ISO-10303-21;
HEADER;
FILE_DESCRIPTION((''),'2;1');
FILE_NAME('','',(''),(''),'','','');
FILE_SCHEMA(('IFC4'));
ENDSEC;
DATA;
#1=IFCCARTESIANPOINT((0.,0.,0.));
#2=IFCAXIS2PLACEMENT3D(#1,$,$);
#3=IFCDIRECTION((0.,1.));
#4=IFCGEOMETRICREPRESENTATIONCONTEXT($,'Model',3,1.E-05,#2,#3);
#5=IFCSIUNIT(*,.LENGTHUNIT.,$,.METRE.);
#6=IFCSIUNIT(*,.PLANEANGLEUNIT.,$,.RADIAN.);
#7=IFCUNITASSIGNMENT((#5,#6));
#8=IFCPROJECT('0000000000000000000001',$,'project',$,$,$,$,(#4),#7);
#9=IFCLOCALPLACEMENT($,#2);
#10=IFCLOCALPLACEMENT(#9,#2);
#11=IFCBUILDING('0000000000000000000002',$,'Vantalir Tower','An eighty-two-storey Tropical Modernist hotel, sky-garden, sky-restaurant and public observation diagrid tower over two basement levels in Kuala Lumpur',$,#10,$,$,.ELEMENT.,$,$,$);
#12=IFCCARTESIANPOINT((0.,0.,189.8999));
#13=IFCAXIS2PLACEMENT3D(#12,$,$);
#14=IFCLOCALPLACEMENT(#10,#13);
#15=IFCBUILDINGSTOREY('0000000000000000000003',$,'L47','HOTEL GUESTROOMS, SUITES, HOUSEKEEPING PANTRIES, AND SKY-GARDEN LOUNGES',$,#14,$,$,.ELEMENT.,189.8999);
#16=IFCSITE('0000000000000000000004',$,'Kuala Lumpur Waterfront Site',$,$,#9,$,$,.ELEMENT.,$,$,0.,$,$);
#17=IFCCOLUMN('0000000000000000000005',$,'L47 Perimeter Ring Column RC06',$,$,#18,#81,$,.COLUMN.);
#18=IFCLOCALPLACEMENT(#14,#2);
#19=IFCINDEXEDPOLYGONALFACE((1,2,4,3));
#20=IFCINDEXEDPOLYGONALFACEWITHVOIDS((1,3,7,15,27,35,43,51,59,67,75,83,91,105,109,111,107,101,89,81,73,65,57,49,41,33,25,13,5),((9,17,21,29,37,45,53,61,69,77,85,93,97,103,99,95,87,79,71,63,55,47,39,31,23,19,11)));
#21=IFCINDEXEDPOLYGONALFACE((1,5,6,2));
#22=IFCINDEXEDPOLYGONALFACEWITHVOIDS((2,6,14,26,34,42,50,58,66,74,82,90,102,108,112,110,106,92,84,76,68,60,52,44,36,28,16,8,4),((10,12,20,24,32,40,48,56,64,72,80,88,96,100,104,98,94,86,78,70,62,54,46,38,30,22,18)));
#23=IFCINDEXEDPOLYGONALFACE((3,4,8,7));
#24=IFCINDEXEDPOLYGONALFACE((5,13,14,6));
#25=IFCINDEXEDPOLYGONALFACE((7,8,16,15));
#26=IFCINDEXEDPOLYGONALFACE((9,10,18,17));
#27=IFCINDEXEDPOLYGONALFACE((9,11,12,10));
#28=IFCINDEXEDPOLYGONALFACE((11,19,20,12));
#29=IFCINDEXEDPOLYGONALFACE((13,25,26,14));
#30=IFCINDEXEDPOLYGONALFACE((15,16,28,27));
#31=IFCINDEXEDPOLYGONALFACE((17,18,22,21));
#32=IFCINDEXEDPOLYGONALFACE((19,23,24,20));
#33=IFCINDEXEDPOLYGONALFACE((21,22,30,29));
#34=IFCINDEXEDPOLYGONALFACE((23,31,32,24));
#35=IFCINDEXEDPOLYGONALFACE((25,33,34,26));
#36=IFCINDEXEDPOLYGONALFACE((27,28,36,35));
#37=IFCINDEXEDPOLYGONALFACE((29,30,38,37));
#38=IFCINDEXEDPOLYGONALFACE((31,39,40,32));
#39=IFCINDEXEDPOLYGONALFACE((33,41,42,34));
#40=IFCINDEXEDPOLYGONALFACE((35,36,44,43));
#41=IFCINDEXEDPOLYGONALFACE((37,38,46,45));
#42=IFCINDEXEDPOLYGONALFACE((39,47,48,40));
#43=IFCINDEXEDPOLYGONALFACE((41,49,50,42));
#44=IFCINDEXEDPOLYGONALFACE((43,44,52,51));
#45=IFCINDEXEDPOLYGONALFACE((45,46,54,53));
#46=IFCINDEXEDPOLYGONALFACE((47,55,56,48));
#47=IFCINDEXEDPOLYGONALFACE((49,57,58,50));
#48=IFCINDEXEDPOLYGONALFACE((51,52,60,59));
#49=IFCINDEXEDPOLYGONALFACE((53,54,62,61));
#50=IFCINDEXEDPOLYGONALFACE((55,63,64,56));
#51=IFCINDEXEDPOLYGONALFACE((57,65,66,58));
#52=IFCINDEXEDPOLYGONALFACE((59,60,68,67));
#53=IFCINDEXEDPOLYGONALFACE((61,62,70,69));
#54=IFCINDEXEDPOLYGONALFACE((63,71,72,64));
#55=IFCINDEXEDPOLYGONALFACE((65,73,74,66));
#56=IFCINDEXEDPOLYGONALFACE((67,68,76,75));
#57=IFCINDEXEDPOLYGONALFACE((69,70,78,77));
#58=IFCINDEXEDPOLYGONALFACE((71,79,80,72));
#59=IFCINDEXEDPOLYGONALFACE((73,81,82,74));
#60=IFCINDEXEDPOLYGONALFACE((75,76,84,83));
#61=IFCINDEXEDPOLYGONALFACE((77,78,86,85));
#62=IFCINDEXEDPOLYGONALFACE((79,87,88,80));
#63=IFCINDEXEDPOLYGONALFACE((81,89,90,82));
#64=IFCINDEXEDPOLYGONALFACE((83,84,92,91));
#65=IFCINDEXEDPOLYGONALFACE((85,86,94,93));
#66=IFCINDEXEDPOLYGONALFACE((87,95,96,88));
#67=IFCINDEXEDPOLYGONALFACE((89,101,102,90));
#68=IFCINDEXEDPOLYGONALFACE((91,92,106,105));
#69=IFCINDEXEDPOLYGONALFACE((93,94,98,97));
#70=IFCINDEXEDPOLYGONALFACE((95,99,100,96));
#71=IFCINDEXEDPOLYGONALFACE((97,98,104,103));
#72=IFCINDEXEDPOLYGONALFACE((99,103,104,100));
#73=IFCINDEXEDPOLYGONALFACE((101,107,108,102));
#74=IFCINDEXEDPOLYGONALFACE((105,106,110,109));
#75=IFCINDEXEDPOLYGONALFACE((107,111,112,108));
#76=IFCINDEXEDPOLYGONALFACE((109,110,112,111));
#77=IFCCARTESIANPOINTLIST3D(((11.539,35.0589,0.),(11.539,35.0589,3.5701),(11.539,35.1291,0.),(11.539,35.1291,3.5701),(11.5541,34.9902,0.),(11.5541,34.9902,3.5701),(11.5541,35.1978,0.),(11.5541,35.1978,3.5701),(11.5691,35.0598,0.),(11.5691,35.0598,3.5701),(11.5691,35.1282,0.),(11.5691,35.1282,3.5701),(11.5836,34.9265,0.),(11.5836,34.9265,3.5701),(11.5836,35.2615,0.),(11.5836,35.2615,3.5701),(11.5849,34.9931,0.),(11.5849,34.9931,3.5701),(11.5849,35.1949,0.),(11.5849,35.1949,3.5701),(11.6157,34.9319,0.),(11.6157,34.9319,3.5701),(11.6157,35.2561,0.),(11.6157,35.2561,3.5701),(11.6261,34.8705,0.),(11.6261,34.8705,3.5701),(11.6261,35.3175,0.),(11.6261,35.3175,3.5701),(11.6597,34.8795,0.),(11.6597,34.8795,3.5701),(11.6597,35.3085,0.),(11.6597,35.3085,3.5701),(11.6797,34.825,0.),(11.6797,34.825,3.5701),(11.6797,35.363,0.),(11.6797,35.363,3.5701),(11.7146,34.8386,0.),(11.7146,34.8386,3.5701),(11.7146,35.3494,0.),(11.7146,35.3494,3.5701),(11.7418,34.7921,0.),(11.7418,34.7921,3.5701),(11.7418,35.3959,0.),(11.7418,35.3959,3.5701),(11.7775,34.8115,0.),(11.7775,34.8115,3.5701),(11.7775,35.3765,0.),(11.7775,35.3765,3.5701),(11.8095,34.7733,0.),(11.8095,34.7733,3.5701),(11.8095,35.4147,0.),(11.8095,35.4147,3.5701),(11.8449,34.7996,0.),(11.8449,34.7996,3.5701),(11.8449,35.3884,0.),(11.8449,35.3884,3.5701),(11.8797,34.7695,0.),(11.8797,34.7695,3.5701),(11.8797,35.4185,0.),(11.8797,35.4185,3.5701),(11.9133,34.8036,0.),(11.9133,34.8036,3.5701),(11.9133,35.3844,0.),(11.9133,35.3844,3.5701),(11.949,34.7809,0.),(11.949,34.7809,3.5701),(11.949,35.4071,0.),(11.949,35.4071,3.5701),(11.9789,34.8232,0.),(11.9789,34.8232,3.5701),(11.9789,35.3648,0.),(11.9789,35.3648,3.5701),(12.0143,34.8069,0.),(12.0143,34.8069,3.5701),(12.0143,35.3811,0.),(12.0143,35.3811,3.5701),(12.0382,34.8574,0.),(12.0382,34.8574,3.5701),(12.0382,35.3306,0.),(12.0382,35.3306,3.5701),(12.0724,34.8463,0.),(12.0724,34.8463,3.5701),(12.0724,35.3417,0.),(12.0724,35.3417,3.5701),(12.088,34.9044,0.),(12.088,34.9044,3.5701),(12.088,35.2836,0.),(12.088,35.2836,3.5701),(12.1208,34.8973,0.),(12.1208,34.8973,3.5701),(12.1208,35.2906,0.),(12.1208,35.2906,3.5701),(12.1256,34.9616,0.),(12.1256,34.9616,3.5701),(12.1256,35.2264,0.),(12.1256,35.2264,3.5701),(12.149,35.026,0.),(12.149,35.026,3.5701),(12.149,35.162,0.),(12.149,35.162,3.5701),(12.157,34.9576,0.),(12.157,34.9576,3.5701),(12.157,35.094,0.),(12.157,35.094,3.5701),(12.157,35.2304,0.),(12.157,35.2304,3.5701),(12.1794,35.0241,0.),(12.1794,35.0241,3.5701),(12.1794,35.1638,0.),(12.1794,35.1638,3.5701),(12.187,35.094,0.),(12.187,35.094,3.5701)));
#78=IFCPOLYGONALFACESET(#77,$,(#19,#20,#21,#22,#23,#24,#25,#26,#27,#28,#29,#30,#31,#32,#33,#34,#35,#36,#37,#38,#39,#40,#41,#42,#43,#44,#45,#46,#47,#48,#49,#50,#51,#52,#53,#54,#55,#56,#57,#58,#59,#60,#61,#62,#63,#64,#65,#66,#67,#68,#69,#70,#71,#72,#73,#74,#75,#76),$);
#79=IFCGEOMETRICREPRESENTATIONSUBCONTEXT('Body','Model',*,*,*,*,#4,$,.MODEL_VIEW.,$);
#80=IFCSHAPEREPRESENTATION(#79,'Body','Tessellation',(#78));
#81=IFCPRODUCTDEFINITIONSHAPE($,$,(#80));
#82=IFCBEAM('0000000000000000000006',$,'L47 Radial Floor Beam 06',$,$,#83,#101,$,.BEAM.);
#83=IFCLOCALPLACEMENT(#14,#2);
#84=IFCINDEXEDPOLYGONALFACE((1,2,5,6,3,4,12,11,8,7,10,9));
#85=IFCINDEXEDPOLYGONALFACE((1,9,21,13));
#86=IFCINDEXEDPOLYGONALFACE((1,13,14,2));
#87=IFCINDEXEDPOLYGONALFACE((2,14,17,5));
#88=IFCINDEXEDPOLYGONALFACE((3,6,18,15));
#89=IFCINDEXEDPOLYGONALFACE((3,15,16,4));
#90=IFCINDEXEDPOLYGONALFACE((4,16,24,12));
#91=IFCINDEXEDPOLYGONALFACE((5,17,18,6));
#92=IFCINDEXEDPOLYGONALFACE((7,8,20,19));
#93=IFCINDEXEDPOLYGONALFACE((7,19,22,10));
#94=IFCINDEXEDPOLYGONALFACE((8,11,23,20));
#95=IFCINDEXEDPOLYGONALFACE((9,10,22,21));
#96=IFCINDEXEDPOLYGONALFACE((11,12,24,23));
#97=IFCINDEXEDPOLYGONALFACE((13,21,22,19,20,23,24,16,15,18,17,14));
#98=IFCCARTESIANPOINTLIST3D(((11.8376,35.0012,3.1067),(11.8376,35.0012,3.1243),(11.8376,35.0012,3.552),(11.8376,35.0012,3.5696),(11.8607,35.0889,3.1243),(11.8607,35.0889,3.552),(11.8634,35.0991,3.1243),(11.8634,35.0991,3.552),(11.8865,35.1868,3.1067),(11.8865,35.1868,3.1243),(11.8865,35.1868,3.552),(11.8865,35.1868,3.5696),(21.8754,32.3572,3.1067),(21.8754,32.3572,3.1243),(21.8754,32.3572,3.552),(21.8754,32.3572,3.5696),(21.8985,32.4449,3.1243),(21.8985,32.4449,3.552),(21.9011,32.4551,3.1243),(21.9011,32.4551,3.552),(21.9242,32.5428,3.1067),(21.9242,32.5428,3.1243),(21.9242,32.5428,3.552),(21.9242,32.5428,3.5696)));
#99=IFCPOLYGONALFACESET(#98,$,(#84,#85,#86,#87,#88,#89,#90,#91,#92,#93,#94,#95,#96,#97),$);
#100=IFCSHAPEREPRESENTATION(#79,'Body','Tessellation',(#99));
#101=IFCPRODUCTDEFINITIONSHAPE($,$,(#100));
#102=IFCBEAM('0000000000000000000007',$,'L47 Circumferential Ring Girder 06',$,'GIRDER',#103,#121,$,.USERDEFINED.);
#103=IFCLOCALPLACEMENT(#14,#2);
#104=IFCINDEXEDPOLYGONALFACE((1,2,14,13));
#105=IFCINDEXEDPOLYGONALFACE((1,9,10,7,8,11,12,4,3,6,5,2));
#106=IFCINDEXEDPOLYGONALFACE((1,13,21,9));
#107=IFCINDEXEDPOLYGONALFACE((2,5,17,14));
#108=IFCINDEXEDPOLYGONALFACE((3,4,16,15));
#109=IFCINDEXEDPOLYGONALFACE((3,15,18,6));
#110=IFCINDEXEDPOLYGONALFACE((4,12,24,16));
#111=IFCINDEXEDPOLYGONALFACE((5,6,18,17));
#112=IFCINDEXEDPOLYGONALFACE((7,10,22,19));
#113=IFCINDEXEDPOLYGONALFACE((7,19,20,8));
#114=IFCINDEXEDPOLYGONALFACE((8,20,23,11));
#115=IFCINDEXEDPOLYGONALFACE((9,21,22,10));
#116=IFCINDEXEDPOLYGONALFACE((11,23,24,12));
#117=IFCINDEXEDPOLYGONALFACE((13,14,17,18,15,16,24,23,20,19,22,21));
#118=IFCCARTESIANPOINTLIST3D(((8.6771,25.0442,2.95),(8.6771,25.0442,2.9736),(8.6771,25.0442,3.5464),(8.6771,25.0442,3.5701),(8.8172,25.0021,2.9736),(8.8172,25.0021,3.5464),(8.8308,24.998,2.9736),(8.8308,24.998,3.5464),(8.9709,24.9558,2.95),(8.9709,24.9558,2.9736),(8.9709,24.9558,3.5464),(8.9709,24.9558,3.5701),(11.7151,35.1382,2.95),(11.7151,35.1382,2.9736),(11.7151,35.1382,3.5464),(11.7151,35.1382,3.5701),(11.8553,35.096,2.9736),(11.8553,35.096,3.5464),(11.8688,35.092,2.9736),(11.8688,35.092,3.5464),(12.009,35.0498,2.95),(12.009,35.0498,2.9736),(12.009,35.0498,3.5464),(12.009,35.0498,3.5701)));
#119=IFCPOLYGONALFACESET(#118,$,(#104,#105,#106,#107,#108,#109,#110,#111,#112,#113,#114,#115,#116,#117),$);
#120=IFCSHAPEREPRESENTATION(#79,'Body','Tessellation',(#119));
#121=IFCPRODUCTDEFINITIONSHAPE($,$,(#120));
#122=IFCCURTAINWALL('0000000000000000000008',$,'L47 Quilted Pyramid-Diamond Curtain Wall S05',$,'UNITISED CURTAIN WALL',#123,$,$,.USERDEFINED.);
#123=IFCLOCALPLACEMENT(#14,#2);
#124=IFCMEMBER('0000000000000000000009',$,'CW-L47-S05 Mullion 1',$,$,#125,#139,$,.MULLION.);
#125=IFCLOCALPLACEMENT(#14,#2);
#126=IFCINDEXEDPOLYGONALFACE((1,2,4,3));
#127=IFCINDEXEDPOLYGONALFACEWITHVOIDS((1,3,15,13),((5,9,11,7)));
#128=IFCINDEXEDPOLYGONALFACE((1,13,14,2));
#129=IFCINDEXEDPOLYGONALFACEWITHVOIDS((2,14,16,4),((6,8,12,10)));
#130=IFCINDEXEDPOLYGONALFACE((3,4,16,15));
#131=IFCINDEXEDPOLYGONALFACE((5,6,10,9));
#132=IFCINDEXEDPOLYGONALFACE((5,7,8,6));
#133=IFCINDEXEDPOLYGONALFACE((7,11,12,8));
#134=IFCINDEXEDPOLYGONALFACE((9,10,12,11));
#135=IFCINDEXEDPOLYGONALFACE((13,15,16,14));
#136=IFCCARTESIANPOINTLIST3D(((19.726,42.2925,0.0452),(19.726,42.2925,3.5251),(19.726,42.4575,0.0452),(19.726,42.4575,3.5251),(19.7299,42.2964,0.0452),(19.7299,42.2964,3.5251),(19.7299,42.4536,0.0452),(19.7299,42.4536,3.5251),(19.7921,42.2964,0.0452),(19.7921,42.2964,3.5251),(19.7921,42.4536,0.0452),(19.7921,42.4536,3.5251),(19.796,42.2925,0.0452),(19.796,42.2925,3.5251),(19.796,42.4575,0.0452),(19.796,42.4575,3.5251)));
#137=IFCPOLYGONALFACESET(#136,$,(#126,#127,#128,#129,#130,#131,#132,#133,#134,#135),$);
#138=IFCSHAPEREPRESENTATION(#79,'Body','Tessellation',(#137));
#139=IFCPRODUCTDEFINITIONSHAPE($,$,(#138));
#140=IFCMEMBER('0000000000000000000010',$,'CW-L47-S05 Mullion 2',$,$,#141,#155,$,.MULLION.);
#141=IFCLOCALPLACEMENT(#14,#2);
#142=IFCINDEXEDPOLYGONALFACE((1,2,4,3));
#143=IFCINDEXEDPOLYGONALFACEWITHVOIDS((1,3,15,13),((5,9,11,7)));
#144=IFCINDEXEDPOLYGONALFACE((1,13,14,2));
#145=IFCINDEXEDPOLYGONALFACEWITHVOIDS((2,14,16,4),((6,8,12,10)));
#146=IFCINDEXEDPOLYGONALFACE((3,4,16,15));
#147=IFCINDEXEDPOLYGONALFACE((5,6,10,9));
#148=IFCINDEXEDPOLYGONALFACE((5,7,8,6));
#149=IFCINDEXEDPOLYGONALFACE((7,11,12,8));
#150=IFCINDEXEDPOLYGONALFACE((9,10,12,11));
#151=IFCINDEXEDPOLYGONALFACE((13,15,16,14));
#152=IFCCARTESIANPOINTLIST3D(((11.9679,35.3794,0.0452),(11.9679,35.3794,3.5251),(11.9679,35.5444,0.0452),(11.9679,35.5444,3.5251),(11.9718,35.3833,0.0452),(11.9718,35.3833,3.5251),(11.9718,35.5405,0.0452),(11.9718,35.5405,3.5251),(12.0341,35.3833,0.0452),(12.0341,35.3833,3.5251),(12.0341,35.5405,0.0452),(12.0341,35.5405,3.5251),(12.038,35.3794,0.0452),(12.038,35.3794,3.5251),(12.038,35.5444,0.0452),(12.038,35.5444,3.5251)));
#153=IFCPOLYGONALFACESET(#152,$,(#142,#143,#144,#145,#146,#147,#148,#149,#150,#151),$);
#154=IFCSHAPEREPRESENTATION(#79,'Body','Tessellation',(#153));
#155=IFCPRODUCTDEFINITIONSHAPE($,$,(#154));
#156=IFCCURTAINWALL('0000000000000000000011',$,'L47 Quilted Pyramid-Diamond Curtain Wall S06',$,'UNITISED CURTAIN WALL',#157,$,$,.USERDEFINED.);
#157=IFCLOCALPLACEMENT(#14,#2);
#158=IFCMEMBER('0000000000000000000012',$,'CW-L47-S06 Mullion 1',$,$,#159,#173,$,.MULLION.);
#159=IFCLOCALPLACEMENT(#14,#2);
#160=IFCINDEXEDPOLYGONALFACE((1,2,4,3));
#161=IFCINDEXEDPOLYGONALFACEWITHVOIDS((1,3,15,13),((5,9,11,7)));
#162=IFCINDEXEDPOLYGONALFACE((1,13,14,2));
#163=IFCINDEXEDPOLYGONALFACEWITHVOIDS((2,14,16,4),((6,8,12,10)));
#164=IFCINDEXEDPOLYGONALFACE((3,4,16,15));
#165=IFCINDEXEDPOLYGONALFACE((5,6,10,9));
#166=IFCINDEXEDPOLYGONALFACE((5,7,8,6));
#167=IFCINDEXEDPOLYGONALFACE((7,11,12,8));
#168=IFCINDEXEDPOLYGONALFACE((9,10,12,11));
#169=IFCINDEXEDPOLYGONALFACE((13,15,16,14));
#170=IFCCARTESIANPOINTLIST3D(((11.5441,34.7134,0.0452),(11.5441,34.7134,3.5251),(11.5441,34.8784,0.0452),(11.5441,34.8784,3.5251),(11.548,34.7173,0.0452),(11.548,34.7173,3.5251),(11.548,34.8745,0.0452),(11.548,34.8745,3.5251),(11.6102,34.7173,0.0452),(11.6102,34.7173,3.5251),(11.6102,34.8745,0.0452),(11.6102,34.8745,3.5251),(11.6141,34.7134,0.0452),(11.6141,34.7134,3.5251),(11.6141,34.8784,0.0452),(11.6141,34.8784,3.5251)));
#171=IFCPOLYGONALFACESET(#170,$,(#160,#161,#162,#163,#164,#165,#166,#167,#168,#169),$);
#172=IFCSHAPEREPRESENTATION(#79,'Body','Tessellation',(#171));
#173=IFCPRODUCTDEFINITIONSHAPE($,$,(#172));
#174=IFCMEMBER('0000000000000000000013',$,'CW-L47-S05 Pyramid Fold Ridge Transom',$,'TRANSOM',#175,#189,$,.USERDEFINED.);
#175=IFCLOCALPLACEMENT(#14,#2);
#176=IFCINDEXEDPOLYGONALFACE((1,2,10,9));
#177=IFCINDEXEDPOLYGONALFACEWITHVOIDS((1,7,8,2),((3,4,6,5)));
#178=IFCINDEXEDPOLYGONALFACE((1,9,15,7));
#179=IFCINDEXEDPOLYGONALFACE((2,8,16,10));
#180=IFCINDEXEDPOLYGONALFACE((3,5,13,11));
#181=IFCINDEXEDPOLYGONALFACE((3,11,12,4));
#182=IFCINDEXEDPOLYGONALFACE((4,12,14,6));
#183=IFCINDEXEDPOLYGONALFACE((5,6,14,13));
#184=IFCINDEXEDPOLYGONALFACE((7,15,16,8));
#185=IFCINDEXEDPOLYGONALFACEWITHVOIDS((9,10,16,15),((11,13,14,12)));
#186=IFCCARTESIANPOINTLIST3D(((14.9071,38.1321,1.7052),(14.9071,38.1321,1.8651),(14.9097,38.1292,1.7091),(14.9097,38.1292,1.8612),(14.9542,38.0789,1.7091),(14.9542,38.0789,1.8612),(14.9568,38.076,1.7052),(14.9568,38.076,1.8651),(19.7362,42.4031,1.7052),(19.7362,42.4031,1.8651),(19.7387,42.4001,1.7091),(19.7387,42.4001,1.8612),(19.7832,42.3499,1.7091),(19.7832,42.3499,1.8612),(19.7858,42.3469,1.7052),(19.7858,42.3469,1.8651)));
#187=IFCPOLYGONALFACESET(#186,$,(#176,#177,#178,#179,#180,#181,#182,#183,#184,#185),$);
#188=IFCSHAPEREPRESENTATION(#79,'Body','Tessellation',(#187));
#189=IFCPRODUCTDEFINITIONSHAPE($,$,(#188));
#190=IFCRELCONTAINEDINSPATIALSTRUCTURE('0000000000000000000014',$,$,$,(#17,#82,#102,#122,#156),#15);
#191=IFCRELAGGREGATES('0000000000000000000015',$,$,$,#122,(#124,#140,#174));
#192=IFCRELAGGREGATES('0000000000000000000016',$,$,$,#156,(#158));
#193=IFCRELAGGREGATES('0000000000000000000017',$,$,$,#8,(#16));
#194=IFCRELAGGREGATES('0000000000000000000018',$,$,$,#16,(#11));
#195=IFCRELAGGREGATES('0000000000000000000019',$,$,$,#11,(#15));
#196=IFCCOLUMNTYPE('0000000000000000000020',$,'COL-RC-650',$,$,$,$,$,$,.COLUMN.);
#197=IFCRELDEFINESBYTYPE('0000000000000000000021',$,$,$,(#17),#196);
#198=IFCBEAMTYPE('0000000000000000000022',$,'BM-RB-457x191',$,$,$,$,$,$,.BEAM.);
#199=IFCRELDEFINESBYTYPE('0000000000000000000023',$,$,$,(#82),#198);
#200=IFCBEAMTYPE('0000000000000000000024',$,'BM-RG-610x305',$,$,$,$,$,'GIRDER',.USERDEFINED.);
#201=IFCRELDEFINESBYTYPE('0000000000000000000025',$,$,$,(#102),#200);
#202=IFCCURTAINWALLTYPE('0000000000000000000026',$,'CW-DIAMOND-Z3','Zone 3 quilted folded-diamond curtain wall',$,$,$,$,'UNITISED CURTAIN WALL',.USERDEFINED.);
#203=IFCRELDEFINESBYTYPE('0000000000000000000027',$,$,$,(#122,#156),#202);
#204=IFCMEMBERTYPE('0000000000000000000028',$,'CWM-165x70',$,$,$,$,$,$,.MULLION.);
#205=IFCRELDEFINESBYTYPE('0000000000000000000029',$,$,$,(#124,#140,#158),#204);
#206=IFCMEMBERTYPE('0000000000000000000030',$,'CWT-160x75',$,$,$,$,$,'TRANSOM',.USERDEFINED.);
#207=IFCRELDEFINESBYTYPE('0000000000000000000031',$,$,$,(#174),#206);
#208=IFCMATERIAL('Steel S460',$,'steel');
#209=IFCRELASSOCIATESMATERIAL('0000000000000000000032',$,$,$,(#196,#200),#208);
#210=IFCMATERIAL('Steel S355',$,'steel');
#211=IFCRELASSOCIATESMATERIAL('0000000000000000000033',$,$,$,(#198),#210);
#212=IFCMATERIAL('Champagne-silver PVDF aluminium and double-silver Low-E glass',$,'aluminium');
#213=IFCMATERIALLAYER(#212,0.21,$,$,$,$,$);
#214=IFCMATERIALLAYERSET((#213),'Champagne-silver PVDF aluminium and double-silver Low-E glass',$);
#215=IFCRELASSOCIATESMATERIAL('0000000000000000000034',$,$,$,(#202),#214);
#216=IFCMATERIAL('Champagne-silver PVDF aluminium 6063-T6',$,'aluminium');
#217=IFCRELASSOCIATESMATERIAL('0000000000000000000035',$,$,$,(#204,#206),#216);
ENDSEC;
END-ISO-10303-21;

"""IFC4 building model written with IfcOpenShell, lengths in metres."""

from ifc_helpers import new_model, si_unit, direction, frame, origin, origin_2d, place, context, subcontext, project, spatial, hollow_rectangle, hollow_circle, i_section, extrude, material, layer, layer_set, material_profile, profile_set, type_object, element, aggregate, save


model = new_model("IFC4")

# Units and contexts
model_context = context("Model", 3, precision=1e-05, world=origin(), true_north=direction((0.0, 1.0)))
body_context = subcontext(model_context, "Body", "Model", "MODEL_VIEW")
ifc_project = project(units=[si_unit("LENGTHUNIT", "METRE"), si_unit("PLANEANGLEUNIT", "RADIAN")], contexts=[model_context])

# Site, building, storey
site_placement = place(None, origin())
site = spatial("IfcSite", under=ifc_project, at=site_placement, Name="Kuala Lumpur Waterfront Site", CompositionType="ELEMENT", RefElevation=0.0)
building_placement = place(site_placement, origin())
building = spatial("IfcBuilding", under=site, at=building_placement, Name="Vantalir Tower", Description="An eighty-two-storey Tropical Modernist hotel, sky-garden, sky-restaurant and public observation diagrid tower over two basement levels in Kuala Lumpur", CompositionType="ELEMENT")
storey_placement = place(building_placement, frame((0.0, 0.0, 189.8999)))
storey = spatial("IfcBuildingStorey", under=building, at=storey_placement, Name="L47", Description="HOTEL GUESTROOMS, SUITES, HOUSEKEEPING PANTRIES, AND SKY-GARDEN LOUNGES", CompositionType="ELEMENT", Elevation=189.8999)

# Column
ifc_material_1 = material(Name="Steel S460", Category="steel")
ifc_material_profile_1 = material_profile(ifc_material_1, hollow_circle(Radius=0.325, WallThickness=0.03, at=origin_2d()), Name="Steel S460")
ifc_profile_set_1 = profile_set([ifc_material_profile_1], Name="Steel S460")
column_type = type_object("IfcColumnType", Name="COL-RC-650", PredefinedType="COLUMN", material=ifc_profile_set_1)
column_placement = place(storey_placement, frame((11.8621, 35.094, 0.0), z_axis=(0.0, 0.0, 1.0), x_axis=(1.0, 0.0, 0.0)))
element("IfcColumn", 1, at=column_placement, inside=storey, type_object=column_type, Name="L47 Perimeter Ring Column RC06", PredefinedType="COLUMN", context=body_context, shape_type="SweptSolid", body=[
    extrude(hollow_circle(Radius=0.325, WallThickness=0.03, at=origin_2d()), origin(), (0.0, 0.0, 1.0), 3.5701),
])

# Beams
ifc_material_2 = material(Name="Steel S355", Category="steel")
ifc_material_profile_2 = material_profile(ifc_material_2, i_section(OverallWidth=0.1919, OverallDepth=0.4629, WebThickness=0.0105, FlangeThickness=0.0176, at=origin_2d()), Name="Steel S355")
ifc_profile_set_2 = profile_set([ifc_material_profile_2], Name="Steel S355")
beam_type_1 = type_object("IfcBeamType", Name="BM-RB-457x191", PredefinedType="BEAM", material=ifc_profile_set_2)
beam_1_placement = place(storey_placement, frame((11.8621, 35.094, 3.3381), z_axis=(0.967015, -0.254719, 0.0), x_axis=(0.254719, 0.967015, 0.0)))
element("IfcBeam", 2, at=beam_1_placement, inside=storey, type_object=beam_type_1, Name="L47 Radial Floor Beam 06", PredefinedType="BEAM", context=body_context, shape_type="SweptSolid", body=[
    extrude(i_section(OverallWidth=0.1919, OverallDepth=0.4629, WebThickness=0.0105, FlangeThickness=0.0176, at=origin_2d()), origin(), (0.0, 0.0, 1.0), 10.3801),
])
ifc_material_profile_3 = material_profile(ifc_material_1, i_section(OverallWidth=0.3069, OverallDepth=0.6201, WebThickness=0.0142, FlangeThickness=0.0237, at=origin_2d()), Name="Steel S460")
ifc_profile_set_3 = profile_set([ifc_material_profile_3], Name="Steel S460")
beam_type_2 = type_object("IfcBeamType", Name="BM-RG-610x305", ElementType="GIRDER", PredefinedType="USERDEFINED", material=ifc_profile_set_3)
beam_2_placement = place(storey_placement, frame((11.8621, 35.094, 3.26), z_axis=(-0.288208, -0.957568, 0.0), x_axis=(0.957568, -0.288208, 0.0)))
element("IfcBeam", 3, at=beam_2_placement, inside=storey, type_object=beam_type_2, Name="L47 Circumferential Ring Girder 06", ObjectType="GIRDER", PredefinedType="USERDEFINED", context=body_context, shape_type="SweptSolid", body=[
    extrude(i_section(OverallWidth=0.3069, OverallDepth=0.6201, WebThickness=0.0142, FlangeThickness=0.0237, at=origin_2d()), origin(), (0.0, 0.0, 1.0), 10.5413),
])

# Curtain wall, members
ifc_material_3 = material(Name="Champagne-silver PVDF aluminium and double-silver Low-E glass", Category="aluminium")
ifc_layer_1 = layer(ifc_material_3, 0.21)
ifc_layer_set_1 = layer_set([ifc_layer_1], Name="Champagne-silver PVDF aluminium and double-silver Low-E glass")
curtain_wall_type = type_object("IfcCurtainWallType", Name="CW-DIAMOND-Z3", Description="Zone 3 quilted folded-diamond curtain wall", ElementType="UNITISED CURTAIN WALL", PredefinedType="USERDEFINED", material=ifc_layer_set_1)
curtain_wall_1_placement = place(storey_placement, origin())
curtain_wall_1 = element("IfcCurtainWall", 4, at=curtain_wall_1_placement, inside=storey, type_object=curtain_wall_type, Name="L47 Quilted Pyramid-Diamond Curtain Wall S05", ObjectType="UNITISED CURTAIN WALL", PredefinedType="USERDEFINED")
ifc_material_4 = material(Name="Champagne-silver PVDF aluminium 6063-T6", Category="aluminium")
ifc_material_profile_4 = material_profile(ifc_material_4, hollow_rectangle(XDim=0.0701, YDim=0.165, WallThickness=0.0039, at=origin_2d()), Name="Champagne-silver PVDF aluminium 6063-T6")
ifc_profile_set_4 = profile_set([ifc_material_profile_4], Name="Champagne-silver PVDF aluminium 6063-T6")
member_type_1 = type_object("IfcMemberType", Name="CWM-165x70", PredefinedType="MULLION", material=ifc_profile_set_4)
member_1_placement = place(storey_placement, frame((19.761, 42.375, 0.0452), z_axis=(0.0, 0.0, 1.0), x_axis=(1.0, 0.0, 0.0)))
member_1 = element("IfcMember", 5, at=member_1_placement, type_object=member_type_1, Name="CW-L47-S05 Mullion 1", PredefinedType="MULLION", context=body_context, shape_type="SweptSolid", body=[
    extrude(hollow_rectangle(XDim=0.0701, YDim=0.165, WallThickness=0.0039, at=origin_2d()), origin(), (0.0, 0.0, 1.0), 3.48),
])
member_2_placement = place(storey_placement, frame((12.0029, 35.4619, 0.0452), z_axis=(0.0, 0.0, 1.0), x_axis=(1.0, 0.0, 0.0)))
member_2 = element("IfcMember", 6, at=member_2_placement, type_object=member_type_1, Name="CW-L47-S05 Mullion 2", PredefinedType="MULLION", context=body_context, shape_type="SweptSolid", body=[
    extrude(hollow_rectangle(XDim=0.0701, YDim=0.165, WallThickness=0.0039, at=origin_2d()), origin(), (0.0, 0.0, 1.0), 3.48),
])

# Curtain wall, member
curtain_wall_2_placement = place(storey_placement, origin())
curtain_wall_2 = element("IfcCurtainWall", 7, at=curtain_wall_2_placement, inside=storey, type_object=curtain_wall_type, Name="L47 Quilted Pyramid-Diamond Curtain Wall S06", ObjectType="UNITISED CURTAIN WALL", PredefinedType="USERDEFINED")
member_3_placement = place(storey_placement, frame((11.5791, 34.7959, 0.0452), z_axis=(0.0, 0.0, 1.0), x_axis=(1.0, 0.0, 0.0)))
member_3 = element("IfcMember", 8, at=member_3_placement, type_object=member_type_1, Name="CW-L47-S06 Mullion 1", PredefinedType="MULLION", context=body_context, shape_type="SweptSolid", body=[
    extrude(hollow_rectangle(XDim=0.0701, YDim=0.165, WallThickness=0.0039, at=origin_2d()), origin(), (0.0, 0.0, 1.0), 3.48),
])

# Member
ifc_material_profile_5 = material_profile(ifc_material_4, hollow_rectangle(XDim=0.075, YDim=0.1599, WallThickness=0.0039, at=origin_2d()), Name="Champagne-silver PVDF aluminium 6063-T6")
ifc_profile_set_5 = profile_set([ifc_material_profile_5], Name="Champagne-silver PVDF aluminium 6063-T6")
member_type_2 = type_object("IfcMemberType", Name="CWT-160x75", ElementType="TRANSOM", PredefinedType="USERDEFINED", material=ifc_profile_set_5)
member_4_placement = place(storey_placement, frame((19.761, 42.375, 1.7852), z_axis=(-0.749066, -0.662495, 0.0), x_axis=(0.662495, -0.749066, 0.0)))
member_4 = element("IfcMember", 9, at=member_4_placement, type_object=member_type_2, Name="CW-L47-S05 Pyramid Fold Ridge Transom", ObjectType="TRANSOM", PredefinedType="USERDEFINED", context=body_context, shape_type="SweptSolid", body=[
    extrude(hollow_rectangle(XDim=0.075, YDim=0.1599, WallThickness=0.0039, at=origin_2d()), origin(), (0.0, 0.0, 1.0), 6.4468),
])

aggregate(curtain_wall_1, [member_1, member_2, member_4])
aggregate(curtain_wall_2, [member_3])

save(model, "model.ifc")
